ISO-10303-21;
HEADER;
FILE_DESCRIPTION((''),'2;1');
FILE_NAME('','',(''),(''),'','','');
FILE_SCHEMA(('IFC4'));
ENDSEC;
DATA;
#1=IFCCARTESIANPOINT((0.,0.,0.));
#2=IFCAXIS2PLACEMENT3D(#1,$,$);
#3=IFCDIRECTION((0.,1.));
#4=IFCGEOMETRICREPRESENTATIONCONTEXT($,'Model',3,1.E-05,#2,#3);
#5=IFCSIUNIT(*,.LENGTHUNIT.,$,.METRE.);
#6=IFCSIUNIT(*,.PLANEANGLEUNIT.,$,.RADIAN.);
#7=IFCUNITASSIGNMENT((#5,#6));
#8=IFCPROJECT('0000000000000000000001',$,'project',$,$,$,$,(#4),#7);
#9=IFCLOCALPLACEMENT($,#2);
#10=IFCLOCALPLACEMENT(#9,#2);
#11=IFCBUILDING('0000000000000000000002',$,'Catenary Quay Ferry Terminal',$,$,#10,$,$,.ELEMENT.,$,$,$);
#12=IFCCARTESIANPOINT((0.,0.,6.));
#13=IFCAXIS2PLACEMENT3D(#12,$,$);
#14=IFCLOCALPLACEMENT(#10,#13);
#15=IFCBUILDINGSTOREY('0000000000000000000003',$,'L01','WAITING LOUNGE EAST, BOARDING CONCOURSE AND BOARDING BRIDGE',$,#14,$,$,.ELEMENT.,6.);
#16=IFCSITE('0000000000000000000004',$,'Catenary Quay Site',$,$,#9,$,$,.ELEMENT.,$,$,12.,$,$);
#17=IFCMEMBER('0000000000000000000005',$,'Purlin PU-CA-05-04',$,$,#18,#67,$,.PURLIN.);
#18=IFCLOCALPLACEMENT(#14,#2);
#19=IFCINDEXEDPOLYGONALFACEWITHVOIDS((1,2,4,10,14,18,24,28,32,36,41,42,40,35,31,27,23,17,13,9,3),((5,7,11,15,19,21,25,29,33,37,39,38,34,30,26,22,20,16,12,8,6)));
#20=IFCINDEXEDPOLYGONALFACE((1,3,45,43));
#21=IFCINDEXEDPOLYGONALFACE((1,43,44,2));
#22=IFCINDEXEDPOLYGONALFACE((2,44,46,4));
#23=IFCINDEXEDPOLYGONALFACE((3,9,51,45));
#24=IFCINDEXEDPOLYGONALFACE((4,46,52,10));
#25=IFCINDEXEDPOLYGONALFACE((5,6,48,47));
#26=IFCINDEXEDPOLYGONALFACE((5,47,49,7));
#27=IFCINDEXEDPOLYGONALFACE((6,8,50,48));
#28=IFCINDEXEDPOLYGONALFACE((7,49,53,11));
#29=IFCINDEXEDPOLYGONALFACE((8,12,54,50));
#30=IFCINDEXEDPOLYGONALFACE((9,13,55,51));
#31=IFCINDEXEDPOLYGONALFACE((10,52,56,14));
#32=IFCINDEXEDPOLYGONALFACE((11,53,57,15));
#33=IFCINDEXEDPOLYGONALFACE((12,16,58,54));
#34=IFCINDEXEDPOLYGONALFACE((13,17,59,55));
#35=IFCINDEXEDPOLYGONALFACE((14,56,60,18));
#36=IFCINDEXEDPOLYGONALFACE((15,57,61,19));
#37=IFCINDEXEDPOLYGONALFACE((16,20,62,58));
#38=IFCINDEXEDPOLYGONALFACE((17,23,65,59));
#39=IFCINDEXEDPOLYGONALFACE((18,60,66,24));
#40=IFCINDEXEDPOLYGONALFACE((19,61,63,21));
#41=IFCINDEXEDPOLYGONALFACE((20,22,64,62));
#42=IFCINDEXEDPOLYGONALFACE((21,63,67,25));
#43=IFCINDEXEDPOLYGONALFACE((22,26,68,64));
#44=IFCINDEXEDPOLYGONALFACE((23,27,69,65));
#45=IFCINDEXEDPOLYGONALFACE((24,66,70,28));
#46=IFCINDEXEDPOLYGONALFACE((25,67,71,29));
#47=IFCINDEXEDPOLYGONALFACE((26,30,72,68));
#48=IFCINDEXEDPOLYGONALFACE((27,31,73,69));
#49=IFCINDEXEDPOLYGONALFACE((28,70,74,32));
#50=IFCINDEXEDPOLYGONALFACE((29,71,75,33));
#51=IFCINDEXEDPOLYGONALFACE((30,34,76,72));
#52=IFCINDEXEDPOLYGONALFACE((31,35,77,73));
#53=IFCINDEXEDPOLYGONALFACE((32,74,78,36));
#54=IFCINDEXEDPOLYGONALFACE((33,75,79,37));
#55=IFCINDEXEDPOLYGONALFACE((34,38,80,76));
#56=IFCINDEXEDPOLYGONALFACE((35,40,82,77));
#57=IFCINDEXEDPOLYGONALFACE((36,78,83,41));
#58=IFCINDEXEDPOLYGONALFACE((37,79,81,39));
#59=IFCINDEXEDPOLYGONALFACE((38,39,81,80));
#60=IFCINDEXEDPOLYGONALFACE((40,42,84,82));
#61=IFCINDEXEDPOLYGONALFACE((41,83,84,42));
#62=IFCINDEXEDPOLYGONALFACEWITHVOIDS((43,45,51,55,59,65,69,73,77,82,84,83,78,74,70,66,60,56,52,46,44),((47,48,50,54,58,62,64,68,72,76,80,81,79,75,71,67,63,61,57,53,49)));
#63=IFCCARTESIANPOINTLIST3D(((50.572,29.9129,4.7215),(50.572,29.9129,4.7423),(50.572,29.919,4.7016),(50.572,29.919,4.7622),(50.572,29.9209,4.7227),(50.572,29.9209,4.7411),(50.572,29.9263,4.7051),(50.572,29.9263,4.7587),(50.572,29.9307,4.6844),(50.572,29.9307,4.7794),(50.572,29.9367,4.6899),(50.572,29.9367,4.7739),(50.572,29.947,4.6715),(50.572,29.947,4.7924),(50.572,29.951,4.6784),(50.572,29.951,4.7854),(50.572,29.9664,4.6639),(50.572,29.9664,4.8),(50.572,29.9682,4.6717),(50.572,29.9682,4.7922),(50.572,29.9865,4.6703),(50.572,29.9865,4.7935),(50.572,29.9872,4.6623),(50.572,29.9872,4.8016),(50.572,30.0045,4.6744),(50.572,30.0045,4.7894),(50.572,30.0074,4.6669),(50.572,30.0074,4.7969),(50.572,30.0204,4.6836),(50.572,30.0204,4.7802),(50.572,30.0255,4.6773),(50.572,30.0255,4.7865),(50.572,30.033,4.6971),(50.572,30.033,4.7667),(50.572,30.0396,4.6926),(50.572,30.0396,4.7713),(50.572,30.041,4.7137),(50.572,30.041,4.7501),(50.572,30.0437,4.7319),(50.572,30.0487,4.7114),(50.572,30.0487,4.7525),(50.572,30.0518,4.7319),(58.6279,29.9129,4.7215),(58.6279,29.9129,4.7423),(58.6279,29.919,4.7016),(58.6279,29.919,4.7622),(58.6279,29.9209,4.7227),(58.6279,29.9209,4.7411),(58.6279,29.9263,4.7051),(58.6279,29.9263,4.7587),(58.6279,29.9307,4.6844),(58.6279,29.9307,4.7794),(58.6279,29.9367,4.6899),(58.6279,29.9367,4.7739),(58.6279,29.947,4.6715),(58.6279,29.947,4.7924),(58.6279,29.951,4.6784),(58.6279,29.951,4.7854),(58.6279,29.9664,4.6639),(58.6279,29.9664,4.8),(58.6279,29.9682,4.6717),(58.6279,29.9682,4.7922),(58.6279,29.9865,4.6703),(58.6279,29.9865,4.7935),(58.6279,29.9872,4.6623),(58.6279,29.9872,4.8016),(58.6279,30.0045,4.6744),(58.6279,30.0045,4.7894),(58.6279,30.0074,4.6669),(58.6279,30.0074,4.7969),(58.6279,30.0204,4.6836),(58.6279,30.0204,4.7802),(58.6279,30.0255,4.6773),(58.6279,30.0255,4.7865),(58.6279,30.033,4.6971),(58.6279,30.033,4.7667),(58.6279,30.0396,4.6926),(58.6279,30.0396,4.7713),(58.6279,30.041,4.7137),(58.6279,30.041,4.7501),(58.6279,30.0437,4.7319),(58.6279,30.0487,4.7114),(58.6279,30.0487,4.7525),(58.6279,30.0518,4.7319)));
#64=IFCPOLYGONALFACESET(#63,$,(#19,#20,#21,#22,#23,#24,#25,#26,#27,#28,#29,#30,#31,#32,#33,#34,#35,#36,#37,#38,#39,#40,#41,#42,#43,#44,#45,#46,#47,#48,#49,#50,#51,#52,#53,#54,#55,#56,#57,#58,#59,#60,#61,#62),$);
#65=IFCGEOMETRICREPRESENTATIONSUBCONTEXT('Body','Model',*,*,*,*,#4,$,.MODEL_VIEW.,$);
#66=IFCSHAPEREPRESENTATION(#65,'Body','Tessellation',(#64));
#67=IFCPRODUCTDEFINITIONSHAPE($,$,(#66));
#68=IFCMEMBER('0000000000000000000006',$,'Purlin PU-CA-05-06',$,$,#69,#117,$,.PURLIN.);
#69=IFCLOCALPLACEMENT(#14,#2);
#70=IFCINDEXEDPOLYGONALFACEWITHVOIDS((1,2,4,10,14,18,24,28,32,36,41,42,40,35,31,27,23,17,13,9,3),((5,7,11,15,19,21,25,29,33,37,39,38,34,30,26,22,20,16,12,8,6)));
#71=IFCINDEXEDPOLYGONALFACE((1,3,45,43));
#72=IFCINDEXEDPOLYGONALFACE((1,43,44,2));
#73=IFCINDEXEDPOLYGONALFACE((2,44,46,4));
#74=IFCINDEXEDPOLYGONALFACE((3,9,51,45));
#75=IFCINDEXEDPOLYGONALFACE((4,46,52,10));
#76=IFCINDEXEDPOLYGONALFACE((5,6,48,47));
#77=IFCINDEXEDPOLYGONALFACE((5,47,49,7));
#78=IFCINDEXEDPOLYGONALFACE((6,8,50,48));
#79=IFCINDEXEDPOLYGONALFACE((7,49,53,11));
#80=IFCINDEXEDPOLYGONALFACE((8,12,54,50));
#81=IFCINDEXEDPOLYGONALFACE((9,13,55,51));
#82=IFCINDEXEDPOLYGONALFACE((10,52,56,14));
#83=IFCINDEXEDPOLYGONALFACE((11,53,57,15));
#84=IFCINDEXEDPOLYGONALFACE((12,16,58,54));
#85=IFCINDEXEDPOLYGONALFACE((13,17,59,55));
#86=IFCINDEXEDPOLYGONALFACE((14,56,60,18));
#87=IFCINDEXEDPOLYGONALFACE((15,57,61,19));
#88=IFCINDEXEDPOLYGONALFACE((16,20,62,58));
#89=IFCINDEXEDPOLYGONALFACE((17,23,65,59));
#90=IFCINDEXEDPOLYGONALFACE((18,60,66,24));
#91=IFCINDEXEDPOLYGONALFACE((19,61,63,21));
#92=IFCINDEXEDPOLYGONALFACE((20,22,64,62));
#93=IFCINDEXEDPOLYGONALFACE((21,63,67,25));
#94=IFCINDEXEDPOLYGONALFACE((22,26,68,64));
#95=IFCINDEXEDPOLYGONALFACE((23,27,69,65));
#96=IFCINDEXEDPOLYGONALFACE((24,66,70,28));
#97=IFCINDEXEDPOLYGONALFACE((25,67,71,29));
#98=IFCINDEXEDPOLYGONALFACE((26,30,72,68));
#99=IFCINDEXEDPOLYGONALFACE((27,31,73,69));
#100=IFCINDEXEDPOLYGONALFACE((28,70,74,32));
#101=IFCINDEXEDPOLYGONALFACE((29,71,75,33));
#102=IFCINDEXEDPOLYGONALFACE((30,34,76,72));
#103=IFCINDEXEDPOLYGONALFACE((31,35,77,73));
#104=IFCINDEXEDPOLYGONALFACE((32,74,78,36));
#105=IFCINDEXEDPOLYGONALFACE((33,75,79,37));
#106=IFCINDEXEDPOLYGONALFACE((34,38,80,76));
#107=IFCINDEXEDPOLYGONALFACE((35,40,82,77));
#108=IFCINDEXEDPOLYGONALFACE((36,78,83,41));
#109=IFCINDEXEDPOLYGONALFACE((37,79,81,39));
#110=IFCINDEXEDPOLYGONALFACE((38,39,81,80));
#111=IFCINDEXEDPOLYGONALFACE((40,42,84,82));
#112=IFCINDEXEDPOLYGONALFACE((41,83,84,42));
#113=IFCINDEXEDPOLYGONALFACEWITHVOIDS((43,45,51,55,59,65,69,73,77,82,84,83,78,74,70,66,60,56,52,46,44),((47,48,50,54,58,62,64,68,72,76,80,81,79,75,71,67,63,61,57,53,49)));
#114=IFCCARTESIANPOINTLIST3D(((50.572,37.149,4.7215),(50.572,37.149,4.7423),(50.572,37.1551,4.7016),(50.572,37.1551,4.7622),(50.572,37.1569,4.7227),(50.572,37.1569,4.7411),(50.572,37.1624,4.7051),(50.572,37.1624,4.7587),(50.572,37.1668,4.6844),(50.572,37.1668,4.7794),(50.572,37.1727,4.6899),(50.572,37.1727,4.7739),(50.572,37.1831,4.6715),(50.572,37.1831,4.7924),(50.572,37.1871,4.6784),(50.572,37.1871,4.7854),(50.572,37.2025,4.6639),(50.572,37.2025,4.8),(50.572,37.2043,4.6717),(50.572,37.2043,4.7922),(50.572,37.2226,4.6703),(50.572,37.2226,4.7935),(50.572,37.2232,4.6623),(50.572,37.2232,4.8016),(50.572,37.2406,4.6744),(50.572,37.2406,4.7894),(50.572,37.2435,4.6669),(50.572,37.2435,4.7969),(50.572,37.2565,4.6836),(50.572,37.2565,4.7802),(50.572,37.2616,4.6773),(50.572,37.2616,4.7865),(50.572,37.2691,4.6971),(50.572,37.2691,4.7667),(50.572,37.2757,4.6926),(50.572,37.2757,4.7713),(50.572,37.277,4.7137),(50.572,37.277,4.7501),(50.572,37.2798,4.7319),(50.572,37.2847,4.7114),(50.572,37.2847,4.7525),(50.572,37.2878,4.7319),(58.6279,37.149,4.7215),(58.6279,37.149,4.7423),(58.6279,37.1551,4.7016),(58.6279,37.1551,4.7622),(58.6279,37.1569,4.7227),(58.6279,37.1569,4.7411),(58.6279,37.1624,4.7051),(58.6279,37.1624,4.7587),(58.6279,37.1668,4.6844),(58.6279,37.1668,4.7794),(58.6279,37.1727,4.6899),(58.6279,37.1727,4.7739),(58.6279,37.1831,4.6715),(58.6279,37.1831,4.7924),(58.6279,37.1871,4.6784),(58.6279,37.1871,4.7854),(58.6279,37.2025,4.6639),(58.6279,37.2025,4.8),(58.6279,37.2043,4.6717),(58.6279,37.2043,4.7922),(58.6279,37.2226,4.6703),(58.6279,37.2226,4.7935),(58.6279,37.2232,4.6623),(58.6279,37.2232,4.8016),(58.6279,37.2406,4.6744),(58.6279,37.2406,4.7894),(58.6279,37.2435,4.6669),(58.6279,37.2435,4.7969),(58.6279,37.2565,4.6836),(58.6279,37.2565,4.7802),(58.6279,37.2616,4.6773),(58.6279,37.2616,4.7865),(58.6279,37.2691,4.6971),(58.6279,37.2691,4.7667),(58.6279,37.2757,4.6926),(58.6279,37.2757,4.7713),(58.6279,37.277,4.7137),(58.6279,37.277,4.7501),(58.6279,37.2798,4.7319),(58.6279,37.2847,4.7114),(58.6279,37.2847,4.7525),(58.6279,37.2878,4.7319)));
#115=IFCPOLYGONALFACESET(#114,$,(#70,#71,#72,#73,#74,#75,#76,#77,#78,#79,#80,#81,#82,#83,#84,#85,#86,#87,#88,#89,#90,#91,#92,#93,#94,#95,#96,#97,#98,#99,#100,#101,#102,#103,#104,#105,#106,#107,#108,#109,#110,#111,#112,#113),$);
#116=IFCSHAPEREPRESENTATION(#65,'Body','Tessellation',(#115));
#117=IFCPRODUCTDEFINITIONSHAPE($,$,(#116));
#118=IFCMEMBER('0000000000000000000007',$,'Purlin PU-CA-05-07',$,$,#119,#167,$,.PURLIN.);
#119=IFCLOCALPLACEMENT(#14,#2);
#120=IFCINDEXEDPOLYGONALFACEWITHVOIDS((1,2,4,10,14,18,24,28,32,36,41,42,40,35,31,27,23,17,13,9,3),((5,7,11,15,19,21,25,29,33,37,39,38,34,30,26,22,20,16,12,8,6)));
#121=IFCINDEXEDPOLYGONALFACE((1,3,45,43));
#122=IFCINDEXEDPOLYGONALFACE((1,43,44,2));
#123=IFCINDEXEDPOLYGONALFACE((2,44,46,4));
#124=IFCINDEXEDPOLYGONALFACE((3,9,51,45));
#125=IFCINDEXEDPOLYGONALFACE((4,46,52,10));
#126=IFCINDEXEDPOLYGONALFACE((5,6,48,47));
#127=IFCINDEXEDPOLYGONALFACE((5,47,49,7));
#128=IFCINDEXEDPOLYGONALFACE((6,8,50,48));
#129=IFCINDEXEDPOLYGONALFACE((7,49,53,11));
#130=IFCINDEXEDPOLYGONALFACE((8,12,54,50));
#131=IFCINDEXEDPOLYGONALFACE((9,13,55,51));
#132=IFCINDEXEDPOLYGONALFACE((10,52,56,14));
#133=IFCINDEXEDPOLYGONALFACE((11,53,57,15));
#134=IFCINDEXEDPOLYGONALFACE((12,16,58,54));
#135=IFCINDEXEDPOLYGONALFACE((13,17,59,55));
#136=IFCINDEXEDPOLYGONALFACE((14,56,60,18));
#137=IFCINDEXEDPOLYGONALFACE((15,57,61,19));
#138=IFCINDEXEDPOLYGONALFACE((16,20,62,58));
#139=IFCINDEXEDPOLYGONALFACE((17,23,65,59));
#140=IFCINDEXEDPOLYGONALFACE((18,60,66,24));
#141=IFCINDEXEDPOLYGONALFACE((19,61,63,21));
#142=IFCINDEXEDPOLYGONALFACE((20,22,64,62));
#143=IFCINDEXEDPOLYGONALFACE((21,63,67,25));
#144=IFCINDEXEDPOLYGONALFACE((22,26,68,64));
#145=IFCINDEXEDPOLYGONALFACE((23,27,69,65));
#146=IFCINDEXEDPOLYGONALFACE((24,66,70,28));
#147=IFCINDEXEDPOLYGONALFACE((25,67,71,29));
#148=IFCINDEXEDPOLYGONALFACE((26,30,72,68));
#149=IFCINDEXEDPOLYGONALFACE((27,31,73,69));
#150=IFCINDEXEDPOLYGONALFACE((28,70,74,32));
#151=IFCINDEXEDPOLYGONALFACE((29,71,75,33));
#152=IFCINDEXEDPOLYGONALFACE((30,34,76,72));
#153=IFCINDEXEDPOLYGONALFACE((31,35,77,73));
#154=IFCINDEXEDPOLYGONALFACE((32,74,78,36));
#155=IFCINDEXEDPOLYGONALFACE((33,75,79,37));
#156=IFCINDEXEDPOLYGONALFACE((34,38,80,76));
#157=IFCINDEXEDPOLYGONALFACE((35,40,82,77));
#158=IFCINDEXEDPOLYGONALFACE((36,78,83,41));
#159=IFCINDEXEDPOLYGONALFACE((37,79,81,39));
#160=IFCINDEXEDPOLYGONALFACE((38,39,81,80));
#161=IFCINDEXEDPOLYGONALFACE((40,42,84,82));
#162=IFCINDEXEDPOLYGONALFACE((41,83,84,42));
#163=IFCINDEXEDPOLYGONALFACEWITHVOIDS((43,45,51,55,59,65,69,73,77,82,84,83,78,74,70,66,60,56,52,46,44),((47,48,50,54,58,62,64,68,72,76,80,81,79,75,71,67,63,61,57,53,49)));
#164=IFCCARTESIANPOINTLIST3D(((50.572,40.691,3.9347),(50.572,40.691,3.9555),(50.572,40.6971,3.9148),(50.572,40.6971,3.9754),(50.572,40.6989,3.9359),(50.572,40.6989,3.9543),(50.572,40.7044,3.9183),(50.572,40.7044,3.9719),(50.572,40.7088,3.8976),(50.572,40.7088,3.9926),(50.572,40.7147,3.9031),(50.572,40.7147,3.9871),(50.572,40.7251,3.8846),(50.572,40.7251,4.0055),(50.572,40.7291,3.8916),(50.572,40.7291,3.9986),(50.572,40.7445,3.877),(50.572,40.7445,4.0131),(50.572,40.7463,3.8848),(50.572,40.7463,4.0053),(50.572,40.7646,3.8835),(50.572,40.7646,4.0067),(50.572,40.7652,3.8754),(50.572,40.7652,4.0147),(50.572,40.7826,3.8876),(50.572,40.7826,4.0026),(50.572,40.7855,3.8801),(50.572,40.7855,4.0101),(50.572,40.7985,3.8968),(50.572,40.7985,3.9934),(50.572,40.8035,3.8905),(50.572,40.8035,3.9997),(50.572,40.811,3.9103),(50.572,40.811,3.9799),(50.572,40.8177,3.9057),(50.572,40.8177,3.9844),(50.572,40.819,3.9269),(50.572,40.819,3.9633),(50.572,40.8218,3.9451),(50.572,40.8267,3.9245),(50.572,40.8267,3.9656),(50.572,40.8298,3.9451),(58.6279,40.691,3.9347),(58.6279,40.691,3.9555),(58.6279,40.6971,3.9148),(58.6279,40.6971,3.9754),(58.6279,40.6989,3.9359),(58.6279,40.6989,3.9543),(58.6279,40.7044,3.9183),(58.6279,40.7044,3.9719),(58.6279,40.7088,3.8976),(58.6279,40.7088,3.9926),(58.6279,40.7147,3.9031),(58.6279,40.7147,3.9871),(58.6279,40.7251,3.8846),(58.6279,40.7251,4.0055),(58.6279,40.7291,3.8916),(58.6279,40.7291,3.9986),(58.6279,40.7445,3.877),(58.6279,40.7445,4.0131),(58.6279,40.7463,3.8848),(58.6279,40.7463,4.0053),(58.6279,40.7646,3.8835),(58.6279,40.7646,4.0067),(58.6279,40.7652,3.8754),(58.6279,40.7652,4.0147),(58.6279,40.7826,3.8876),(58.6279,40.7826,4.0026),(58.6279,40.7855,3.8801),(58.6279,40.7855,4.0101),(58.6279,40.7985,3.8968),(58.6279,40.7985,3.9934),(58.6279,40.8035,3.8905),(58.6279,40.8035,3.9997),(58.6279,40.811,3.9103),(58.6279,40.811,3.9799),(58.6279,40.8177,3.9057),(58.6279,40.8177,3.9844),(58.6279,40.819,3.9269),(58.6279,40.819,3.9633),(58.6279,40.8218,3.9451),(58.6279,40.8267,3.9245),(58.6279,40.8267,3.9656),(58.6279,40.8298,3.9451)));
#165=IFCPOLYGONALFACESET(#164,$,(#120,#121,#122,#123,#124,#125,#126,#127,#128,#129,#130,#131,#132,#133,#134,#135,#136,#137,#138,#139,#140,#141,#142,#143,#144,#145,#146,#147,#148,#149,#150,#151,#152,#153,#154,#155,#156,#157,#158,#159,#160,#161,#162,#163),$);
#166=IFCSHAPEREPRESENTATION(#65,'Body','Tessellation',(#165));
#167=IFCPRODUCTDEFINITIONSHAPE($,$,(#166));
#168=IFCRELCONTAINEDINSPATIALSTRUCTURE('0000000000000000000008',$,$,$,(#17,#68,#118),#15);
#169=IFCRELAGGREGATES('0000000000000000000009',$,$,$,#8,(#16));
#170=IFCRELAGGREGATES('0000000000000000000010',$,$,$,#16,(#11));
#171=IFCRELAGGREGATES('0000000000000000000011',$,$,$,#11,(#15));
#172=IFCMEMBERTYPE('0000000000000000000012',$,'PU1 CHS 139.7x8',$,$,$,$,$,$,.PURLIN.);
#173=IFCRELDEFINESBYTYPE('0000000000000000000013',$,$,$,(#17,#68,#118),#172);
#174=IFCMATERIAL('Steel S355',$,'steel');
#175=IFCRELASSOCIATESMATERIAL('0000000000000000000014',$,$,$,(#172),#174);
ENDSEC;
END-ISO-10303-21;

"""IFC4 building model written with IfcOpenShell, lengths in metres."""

from ifc_helpers import new_model, si_unit, direction, frame, origin, origin_2d, place, context, subcontext, project, spatial, hollow_circle, extrude, material, material_profile, profile_set, type_object, element, save


model = new_model("IFC4")

# Units and contexts
model_context = context("Model", 3, precision=1e-05, world=origin(), true_north=direction((0.0, 1.0)))
body_context = subcontext(model_context, "Body", "Model", "MODEL_VIEW")
ifc_project = project(units=[si_unit("LENGTHUNIT", "METRE"), si_unit("PLANEANGLEUNIT", "RADIAN")], contexts=[model_context])

# Site, building, storey
site_placement = place(None, origin())
site = spatial("IfcSite", under=ifc_project, at=site_placement, Name="Catenary Quay Site", CompositionType="ELEMENT", RefElevation=12.0)
building_placement = place(site_placement, origin())
building = spatial("IfcBuilding", under=site, at=building_placement, Name="Catenary Quay Ferry Terminal", CompositionType="ELEMENT")
storey_placement = place(building_placement, frame((0.0, 0.0, 6.0)))
storey = spatial("IfcBuildingStorey", under=building, at=storey_placement, Name="L01", Description="WAITING LOUNGE EAST, BOARDING CONCOURSE AND BOARDING BRIDGE", CompositionType="ELEMENT", Elevation=6.0)

# Members
ifc_material_1 = material(Name="Steel S355", Category="steel")
ifc_material_profile_1 = material_profile(ifc_material_1, hollow_circle(Radius=0.0698, WallThickness=0.0081, at=origin_2d()), Name="CHS 139.7x8")
ifc_profile_set_1 = profile_set([ifc_material_profile_1], Name="Steel S355")
member_type_1 = type_object("IfcMemberType", Name="PU1 CHS 139.7x8", PredefinedType="PURLIN", material=ifc_profile_set_1)
for number, where, z_axis, x_axis, name in (
    (1, (50.572, 29.9819, 4.7319), (1.0, 0.0, 0.0), (0.0, 1.0, 0.0), "Purlin PU-CA-05-04"),
    (2, (50.572, 37.218, 4.7319), (1.0, 0.0, 0.0), (0.0, 1.0, 0.0), "Purlin PU-CA-05-06"),
    (3, (50.572, 40.76, 3.9451), (1.0, 0.0, 0.0), (0.0, 1.0, 0.0), "Purlin PU-CA-05-07"),
):
    element("IfcMember", number, at=place(storey_placement, frame(where, z_axis=z_axis, x_axis=x_axis)), inside=storey, type_object=member_type_1, Name=name, PredefinedType="PURLIN", context=body_context, shape_type="SweptSolid", body=[
        extrude(hollow_circle(Radius=0.0698, WallThickness=0.0081, at=origin_2d()), origin(), (0.0, 0.0, 1.0), 8.0559),
    ])

save(model, "model.ifc")
